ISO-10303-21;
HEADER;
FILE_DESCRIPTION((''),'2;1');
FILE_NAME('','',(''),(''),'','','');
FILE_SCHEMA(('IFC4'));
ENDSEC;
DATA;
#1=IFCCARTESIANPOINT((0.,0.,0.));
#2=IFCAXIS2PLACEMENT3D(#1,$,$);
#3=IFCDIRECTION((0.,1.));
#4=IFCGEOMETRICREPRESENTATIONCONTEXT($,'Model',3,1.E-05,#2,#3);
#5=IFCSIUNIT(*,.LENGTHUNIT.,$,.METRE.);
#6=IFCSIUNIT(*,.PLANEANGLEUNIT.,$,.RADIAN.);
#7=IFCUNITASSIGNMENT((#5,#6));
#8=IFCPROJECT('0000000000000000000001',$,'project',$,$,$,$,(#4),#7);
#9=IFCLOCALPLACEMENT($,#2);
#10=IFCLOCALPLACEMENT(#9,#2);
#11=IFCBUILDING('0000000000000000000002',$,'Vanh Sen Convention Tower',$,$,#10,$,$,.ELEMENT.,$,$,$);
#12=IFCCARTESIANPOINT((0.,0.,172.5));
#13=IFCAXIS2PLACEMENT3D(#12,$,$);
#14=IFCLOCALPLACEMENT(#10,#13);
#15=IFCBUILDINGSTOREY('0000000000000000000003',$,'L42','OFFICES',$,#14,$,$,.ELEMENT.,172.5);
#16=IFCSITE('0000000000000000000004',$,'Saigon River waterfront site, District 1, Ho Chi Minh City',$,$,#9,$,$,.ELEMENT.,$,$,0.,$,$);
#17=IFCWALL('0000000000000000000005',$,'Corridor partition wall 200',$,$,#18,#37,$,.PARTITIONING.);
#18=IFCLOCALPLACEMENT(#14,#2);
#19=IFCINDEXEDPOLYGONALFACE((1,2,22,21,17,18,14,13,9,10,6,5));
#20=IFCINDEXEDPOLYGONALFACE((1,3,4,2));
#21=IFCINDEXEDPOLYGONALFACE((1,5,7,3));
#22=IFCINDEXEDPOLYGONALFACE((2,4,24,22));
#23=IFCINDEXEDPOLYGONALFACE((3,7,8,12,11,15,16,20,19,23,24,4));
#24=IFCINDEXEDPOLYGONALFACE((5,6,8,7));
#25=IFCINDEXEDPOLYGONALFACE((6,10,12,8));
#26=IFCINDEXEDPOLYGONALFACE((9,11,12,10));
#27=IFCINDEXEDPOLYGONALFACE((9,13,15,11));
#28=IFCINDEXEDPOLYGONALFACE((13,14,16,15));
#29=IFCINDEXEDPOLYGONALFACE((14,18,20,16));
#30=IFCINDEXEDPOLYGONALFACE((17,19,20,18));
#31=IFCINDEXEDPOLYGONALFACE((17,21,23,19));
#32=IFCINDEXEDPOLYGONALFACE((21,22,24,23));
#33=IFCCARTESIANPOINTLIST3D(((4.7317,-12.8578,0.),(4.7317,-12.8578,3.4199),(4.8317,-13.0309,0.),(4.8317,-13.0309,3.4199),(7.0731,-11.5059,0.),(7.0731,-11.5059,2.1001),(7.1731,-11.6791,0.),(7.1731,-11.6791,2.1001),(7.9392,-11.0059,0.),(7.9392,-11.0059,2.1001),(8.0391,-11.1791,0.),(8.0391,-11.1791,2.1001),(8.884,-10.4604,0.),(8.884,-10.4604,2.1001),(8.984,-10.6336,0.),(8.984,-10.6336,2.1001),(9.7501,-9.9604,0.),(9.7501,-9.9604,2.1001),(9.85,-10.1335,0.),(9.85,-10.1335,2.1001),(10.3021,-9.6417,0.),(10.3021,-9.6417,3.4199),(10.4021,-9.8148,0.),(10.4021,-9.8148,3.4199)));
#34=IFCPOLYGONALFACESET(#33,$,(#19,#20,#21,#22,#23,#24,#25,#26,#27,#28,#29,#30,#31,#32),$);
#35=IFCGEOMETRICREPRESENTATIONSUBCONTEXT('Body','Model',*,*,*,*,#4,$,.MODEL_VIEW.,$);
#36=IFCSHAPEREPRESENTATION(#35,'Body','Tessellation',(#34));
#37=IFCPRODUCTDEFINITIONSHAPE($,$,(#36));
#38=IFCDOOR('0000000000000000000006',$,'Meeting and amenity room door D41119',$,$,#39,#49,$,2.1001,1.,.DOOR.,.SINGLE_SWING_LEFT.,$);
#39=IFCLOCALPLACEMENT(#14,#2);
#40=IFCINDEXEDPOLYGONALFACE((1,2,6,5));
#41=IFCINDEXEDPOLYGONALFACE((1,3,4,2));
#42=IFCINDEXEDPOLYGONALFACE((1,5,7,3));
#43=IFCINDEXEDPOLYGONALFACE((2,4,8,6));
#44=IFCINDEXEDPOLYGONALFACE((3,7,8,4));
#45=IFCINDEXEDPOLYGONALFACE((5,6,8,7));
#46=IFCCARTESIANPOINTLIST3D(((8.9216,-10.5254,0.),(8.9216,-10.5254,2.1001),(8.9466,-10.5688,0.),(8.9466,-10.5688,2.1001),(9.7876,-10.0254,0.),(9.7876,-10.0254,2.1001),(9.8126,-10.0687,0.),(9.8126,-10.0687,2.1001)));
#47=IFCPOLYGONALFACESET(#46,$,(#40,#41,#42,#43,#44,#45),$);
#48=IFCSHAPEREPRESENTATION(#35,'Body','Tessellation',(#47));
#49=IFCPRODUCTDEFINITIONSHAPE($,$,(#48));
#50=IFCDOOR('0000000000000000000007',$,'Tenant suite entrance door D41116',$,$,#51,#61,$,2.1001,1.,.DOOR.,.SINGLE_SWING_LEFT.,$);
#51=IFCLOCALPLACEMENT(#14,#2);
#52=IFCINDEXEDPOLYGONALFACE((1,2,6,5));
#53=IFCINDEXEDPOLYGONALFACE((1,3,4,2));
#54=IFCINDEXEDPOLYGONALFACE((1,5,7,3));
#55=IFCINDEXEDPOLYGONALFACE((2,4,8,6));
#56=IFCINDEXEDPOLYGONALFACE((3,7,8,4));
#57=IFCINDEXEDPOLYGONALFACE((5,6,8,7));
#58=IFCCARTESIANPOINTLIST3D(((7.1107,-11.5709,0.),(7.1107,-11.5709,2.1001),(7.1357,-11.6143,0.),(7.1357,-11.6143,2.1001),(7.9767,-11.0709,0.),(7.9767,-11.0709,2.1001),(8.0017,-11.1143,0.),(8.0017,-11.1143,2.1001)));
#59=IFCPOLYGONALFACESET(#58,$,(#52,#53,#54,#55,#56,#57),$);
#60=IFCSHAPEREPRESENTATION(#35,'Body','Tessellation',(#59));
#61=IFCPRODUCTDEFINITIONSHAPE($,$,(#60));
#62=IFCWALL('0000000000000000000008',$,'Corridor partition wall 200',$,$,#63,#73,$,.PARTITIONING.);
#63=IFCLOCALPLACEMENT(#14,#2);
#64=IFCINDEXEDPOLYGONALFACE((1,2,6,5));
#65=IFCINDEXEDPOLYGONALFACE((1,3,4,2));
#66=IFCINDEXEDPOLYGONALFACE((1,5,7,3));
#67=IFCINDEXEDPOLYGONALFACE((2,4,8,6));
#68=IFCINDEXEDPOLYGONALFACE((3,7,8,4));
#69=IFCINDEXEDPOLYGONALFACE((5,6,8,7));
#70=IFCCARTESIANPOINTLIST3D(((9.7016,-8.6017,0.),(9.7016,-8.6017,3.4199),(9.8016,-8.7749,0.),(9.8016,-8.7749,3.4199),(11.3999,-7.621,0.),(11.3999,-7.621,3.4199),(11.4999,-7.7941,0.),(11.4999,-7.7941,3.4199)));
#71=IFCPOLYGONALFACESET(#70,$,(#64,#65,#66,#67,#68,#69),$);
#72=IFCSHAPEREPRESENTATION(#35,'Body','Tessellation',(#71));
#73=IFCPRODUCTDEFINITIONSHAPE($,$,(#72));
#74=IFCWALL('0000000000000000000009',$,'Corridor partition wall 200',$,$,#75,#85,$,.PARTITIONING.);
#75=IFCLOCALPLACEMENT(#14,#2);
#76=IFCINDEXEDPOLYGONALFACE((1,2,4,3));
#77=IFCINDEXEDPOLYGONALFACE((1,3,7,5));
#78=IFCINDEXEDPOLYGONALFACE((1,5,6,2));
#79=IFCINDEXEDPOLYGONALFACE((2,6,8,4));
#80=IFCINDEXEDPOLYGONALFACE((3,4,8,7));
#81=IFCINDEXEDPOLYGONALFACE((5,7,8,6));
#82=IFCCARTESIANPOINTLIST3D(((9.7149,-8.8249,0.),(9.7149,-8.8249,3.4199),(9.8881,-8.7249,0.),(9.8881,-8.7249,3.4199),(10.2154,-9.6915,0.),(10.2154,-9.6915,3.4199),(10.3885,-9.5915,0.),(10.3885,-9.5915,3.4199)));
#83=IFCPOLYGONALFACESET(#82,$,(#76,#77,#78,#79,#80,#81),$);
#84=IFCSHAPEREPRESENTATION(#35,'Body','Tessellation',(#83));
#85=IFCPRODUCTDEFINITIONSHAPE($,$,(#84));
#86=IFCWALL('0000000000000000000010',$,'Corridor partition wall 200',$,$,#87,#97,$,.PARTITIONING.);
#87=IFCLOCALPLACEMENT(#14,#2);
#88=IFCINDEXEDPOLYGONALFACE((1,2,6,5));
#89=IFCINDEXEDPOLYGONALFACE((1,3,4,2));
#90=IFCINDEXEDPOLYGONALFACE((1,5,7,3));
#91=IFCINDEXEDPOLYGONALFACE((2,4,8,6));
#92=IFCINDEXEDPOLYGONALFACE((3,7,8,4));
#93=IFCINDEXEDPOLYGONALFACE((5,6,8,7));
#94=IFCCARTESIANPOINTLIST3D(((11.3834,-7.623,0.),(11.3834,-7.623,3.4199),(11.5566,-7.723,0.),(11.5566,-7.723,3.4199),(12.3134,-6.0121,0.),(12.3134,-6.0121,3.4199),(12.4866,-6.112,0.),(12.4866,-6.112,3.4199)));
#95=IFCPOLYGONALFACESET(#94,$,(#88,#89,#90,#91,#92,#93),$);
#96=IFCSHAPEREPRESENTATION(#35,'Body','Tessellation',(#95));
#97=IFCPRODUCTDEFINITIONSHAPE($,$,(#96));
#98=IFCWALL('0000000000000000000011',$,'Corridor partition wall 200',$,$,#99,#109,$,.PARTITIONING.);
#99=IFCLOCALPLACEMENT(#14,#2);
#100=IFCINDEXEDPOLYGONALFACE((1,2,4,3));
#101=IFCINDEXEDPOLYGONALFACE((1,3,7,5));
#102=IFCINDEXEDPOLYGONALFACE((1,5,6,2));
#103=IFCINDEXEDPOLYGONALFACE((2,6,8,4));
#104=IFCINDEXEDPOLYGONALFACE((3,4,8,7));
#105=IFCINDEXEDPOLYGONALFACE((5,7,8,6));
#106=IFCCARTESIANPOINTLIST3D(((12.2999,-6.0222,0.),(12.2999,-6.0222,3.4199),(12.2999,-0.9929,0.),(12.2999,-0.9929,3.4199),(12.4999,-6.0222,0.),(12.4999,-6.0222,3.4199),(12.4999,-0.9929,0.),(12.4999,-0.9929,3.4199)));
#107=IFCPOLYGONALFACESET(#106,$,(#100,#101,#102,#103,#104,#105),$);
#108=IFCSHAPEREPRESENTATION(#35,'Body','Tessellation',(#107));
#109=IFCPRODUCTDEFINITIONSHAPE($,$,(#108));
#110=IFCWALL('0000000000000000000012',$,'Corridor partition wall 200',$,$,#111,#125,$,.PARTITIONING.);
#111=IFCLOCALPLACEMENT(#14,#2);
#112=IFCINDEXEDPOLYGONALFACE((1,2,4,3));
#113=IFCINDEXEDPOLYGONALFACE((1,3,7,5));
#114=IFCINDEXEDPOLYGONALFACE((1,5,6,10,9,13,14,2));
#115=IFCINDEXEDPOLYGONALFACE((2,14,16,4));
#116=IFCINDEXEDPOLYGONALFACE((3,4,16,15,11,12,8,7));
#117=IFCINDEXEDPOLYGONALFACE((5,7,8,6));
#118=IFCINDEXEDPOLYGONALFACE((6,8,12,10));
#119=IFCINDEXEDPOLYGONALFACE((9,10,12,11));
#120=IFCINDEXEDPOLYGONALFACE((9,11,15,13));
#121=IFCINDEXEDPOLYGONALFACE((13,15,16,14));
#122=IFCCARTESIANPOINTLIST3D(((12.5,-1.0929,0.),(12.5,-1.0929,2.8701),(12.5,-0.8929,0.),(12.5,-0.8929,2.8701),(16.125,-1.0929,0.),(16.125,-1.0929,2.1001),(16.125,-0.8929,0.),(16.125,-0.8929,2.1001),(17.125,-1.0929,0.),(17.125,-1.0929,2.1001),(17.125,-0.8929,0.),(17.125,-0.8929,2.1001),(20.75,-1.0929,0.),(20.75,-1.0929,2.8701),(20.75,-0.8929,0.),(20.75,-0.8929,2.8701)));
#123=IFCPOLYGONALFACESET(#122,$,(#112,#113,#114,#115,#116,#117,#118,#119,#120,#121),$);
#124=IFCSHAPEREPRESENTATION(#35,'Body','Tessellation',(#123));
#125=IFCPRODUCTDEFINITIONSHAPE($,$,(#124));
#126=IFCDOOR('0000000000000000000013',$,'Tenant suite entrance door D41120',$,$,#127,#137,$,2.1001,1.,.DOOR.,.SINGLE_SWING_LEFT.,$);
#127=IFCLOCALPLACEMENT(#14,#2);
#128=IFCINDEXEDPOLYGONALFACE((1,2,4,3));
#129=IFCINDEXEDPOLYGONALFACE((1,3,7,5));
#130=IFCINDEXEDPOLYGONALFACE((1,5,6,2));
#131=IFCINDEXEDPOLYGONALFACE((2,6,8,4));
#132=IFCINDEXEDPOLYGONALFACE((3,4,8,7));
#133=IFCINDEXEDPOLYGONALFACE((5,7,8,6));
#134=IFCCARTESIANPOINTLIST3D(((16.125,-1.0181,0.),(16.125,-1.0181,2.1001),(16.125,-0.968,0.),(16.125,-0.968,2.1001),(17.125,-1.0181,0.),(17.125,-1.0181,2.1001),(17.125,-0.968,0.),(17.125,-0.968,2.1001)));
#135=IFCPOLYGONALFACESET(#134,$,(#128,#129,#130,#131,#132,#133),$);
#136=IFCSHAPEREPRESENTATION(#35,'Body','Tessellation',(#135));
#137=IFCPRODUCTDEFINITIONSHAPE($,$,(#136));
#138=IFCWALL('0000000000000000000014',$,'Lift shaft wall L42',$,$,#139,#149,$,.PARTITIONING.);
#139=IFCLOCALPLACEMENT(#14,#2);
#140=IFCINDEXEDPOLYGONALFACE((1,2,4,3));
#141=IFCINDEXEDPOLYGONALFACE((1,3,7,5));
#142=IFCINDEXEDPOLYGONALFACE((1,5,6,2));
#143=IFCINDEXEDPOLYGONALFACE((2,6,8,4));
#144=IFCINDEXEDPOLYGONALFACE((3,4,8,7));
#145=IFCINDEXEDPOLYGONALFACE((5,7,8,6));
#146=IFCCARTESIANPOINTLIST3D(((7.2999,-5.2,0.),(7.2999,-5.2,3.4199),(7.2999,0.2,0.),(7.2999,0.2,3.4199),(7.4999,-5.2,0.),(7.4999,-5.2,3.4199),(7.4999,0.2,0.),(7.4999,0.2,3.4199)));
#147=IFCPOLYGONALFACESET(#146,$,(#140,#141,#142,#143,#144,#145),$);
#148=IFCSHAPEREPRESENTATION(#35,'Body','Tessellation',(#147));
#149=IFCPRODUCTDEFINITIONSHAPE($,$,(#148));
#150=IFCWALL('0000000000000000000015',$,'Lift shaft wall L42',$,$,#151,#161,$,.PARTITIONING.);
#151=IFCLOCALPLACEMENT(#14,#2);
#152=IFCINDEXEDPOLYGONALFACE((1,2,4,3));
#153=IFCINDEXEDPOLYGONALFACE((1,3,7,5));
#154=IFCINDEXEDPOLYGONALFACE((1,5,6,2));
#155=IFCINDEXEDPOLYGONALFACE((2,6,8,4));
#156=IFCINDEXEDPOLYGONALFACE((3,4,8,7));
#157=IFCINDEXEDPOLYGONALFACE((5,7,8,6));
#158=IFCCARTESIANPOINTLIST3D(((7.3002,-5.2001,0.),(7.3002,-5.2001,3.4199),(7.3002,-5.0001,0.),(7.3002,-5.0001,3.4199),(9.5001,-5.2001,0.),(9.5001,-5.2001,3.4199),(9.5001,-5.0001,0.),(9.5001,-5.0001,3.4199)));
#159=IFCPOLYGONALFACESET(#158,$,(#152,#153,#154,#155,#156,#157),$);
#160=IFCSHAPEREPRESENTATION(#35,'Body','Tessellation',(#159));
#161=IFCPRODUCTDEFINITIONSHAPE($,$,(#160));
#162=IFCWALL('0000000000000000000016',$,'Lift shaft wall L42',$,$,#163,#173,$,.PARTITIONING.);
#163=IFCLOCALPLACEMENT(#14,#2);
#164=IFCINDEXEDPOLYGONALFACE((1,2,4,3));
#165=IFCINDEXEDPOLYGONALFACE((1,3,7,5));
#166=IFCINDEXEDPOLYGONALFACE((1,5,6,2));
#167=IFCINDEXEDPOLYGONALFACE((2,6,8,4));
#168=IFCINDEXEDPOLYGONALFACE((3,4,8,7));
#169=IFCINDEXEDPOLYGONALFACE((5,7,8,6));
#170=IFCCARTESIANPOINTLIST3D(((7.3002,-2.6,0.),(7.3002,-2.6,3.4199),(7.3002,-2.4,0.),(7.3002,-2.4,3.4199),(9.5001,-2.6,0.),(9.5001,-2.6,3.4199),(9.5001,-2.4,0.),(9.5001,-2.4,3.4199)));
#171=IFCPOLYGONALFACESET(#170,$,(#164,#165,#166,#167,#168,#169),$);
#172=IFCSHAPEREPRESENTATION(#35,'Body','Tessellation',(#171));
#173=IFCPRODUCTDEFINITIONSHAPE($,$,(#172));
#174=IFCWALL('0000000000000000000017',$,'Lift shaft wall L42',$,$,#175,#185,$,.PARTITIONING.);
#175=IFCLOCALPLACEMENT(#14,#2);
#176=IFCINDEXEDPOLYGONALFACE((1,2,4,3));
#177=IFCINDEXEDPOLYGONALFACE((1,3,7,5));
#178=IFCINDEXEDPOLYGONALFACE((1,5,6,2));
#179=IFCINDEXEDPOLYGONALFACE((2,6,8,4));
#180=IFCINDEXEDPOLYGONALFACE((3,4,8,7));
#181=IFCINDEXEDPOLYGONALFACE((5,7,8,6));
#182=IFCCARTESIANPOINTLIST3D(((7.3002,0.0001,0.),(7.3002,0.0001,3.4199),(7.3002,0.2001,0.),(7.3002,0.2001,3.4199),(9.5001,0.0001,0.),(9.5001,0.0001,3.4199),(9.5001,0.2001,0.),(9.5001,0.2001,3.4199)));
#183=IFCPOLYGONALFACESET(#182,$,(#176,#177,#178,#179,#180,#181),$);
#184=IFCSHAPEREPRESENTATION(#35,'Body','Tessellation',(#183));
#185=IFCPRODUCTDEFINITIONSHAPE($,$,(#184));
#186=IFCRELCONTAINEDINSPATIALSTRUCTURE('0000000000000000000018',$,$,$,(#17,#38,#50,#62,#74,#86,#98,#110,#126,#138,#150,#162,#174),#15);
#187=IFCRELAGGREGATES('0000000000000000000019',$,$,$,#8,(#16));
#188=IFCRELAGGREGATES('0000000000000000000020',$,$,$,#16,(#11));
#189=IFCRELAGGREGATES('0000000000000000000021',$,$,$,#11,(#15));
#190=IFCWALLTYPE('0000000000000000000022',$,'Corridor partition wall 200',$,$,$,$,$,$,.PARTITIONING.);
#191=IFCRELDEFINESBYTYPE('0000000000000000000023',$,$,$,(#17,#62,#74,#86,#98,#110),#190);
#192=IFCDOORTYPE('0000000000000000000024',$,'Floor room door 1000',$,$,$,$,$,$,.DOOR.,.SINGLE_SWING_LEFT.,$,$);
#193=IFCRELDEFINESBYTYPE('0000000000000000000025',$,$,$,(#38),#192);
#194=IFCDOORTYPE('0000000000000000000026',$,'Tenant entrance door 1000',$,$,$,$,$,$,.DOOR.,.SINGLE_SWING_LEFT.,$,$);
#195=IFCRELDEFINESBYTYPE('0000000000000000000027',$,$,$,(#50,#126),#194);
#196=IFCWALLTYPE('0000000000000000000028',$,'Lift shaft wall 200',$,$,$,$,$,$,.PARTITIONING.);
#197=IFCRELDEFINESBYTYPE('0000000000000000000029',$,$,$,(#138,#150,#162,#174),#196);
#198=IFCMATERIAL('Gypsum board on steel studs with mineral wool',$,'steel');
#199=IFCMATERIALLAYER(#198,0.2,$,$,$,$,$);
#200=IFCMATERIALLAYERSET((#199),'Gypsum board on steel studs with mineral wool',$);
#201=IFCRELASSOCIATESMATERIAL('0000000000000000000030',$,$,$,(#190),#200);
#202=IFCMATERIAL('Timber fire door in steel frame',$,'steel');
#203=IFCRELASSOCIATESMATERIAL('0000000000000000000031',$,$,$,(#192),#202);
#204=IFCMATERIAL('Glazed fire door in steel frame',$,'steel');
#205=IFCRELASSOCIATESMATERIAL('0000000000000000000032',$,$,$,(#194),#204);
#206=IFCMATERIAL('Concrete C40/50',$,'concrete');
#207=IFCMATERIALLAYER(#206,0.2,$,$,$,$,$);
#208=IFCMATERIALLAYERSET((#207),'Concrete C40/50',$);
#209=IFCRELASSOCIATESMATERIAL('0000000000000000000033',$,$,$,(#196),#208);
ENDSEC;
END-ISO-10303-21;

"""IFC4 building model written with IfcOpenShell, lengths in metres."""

from ifc_helpers import new_model, si_unit, direction, frame, frame_2d, origin, place, context, subcontext, project, spatial, rectangle, extrude, material, layer, layer_set, type_object, element, fill, save


model = new_model("IFC4")

# Units and contexts
model_context = context("Model", 3, precision=1e-05, world=origin(), true_north=direction((0.0, 1.0)))
body_context = subcontext(model_context, "Body", "Model", "MODEL_VIEW")
ifc_project = project(units=[si_unit("LENGTHUNIT", "METRE"), si_unit("PLANEANGLEUNIT", "RADIAN")], contexts=[model_context])

# Site, building, storey
site_placement = place(None, origin())
site = spatial("IfcSite", under=ifc_project, at=site_placement, Name="Saigon River waterfront site, District 1, Ho Chi Minh City", CompositionType="ELEMENT", RefElevation=0.0)
building_placement = place(site_placement, origin())
building = spatial("IfcBuilding", under=site, at=building_placement, Name="Vanh Sen Convention Tower", CompositionType="ELEMENT")
storey_placement = place(building_placement, frame((0.0, 0.0, 172.5)))
storey = spatial("IfcBuildingStorey", under=building, at=storey_placement, Name="L42", Description="OFFICES", CompositionType="ELEMENT", Elevation=172.5)

# Shared definitions
ifc_material_1 = material(Name="Concrete C40/50", Category="concrete")

# Wall, openings, doors
ifc_material_2 = material(Name="Gypsum board on steel studs with mineral wool", Category="steel")
ifc_layer_1 = layer(ifc_material_2, 0.2)
ifc_layer_set_1 = layer_set([ifc_layer_1], Name="Gypsum board on steel studs with mineral wool")
wall_type_1 = type_object("IfcWallType", Name="Corridor partition wall 200", PredefinedType="PARTITIONING", material=ifc_layer_set_1)
wall_1_placement = place(storey_placement, frame((4.7817, -12.9443, 0.0), z_axis=(0.0, 0.0, 1.0), x_axis=(0.866023, 0.500005, 0.0)))
wall_1 = element("IfcWall", 1, at=wall_1_placement, inside=storey, type_object=wall_type_1, Name="Corridor partition wall 200", PredefinedType="PARTITIONING", context=body_context, shape_type="SweptSolid", body=[
    extrude(rectangle(XDim=6.4321, YDim=0.2, at=frame_2d((3.2161, 0.0))), origin(), (0.0, 0.0, 1.0), 3.4199),
])
opening_1_placement = place(wall_1_placement, frame((2.7036, 0.0, 0.0)))
opening_1 = element("IfcOpeningElement", 2, at=opening_1_placement, cuts=wall_1, PredefinedType="OPENING", context=body_context, shape_type="SweptSolid", body=[
    extrude(rectangle(XDim=1.0, YDim=2.1001, at=frame_2d((0.5, 1.05))), frame((0.0, 0.1099, 0.0), z_axis=(0.0, -1.0, 0.0), x_axis=(1.0, 0.0, 0.0)), (0.0, 0.0, 1.0), 0.22),
])
opening_2_placement = place(wall_1_placement, frame((4.7947, 0.0, 0.0)))
opening_2 = element("IfcOpeningElement", 3, at=opening_2_placement, cuts=wall_1, PredefinedType="OPENING", context=body_context, shape_type="SweptSolid", body=[
    extrude(rectangle(XDim=1.0, YDim=2.1001, at=frame_2d((0.5, 1.05))), frame((0.0, 0.1099, 0.0), z_axis=(0.0, -1.0, 0.0), x_axis=(1.0, 0.0, 0.0)), (0.0, 0.0, 1.0), 0.22),
])
ifc_material_3 = material(Name="Timber fire door in steel frame", Category="steel")
door_type_1 = type_object("IfcDoorType", Name="Floor room door 1000", OperationType="SINGLE_SWING_LEFT", PredefinedType="DOOR", material=ifc_material_3)
door_1_placement = place(opening_2_placement, origin())
door_1 = element("IfcDoor", 4, at=door_1_placement, inside=storey, type_object=door_type_1, Name="Meeting and amenity room door D41119", OperationType="SINGLE_SWING_LEFT", OverallHeight=2.1001, OverallWidth=1.0, PredefinedType="DOOR", context=body_context, shape_type="SweptSolid", body=[
    extrude(rectangle(XDim=1.0, YDim=2.1001, at=frame_2d((0.5, 1.05))), frame((0.0, 0.0249, 0.0), z_axis=(0.0, -1.0, 0.0), x_axis=(1.0, 0.0, 0.0)), (0.0, 0.0, 1.0), 0.05),
])
fill(opening_2, door_1)
ifc_material_4 = material(Name="Glazed fire door in steel frame", Category="steel")
door_type_2 = type_object("IfcDoorType", Name="Tenant entrance door 1000", OperationType="SINGLE_SWING_LEFT", PredefinedType="DOOR", material=ifc_material_4)
door_2_placement = place(opening_1_placement, origin())
door_2 = element("IfcDoor", 5, at=door_2_placement, inside=storey, type_object=door_type_2, Name="Tenant suite entrance door D41116", OperationType="SINGLE_SWING_LEFT", OverallHeight=2.1001, OverallWidth=1.0, PredefinedType="DOOR", context=body_context, shape_type="SweptSolid", body=[
    extrude(rectangle(XDim=1.0, YDim=2.1001, at=frame_2d((0.5, 1.05))), frame((0.0, 0.0249, 0.0), z_axis=(0.0, -1.0, 0.0), x_axis=(1.0, 0.0, 0.0)), (0.0, 0.0, 1.0), 0.05),
])
fill(opening_1, door_2)

# Walls
wall_2_placement = place(storey_placement, frame((9.7517, -8.6882, 0.0), z_axis=(0.0, 0.0, 1.0), x_axis=(0.865974, 0.500089, 0.0)))
element("IfcWall", 6, at=wall_2_placement, inside=storey, type_object=wall_type_1, Name="Corridor partition wall 200", PredefinedType="PARTITIONING", context=body_context, shape_type="SweptSolid", body=[
    extrude(rectangle(XDim=1.9612, YDim=0.2, at=frame_2d((0.9805, 0.0))), origin(), (0.0, 0.0, 1.0), 3.4199),
])
wall_3_placement = place(storey_placement, frame((10.302, -9.6416, 0.0), z_axis=(0.0, 0.0, 1.0), x_axis=(-0.500074, 0.865982, 0.0)))
element("IfcWall", 7, at=wall_3_placement, inside=storey, type_object=wall_type_1, Name="Corridor partition wall 200", PredefinedType="PARTITIONING", context=body_context, shape_type="SweptSolid", body=[
    extrude(rectangle(XDim=1.0007, YDim=0.2, at=frame_2d((0.5005, 0.0))), origin(), (0.0, 0.0, 1.0), 3.4199),
])
wall_4_placement = place(storey_placement, frame((11.47, -7.6731, 0.0), z_axis=(0.0, 0.0, 1.0), x_axis=(0.499965, 0.866046, 0.0)))
element("IfcWall", 8, at=wall_4_placement, inside=storey, type_object=wall_type_1, Name="Corridor partition wall 200", PredefinedType="PARTITIONING", context=body_context, shape_type="SweptSolid", body=[
    extrude(rectangle(XDim=1.8601, YDim=0.2, at=frame_2d((0.9302, 0.0))), origin(), (0.0, 0.0, 1.0), 3.4199),
])
wall_5_placement = place(storey_placement, frame((12.3999, -6.0222, 0.0), z_axis=(0.0, 0.0, 1.0), x_axis=(0.0, 1.0, 0.0)))
element("IfcWall", 9, at=wall_5_placement, inside=storey, type_object=wall_type_1, Name="Corridor partition wall 200", PredefinedType="PARTITIONING", context=body_context, shape_type="SweptSolid", body=[
    extrude(rectangle(XDim=5.0293, YDim=0.2, at=frame_2d((2.5146, 0.0))), origin(), (0.0, 0.0, 1.0), 3.4199),
])

# Wall, opening, door
wall_6_placement = place(storey_placement, frame((12.5, -0.9929, 0.0), z_axis=(0.0, 0.0, 1.0), x_axis=(1.0, 0.0, 0.0)))
wall_6 = element("IfcWall", 10, at=wall_6_placement, inside=storey, type_object=wall_type_1, Name="Corridor partition wall 200", PredefinedType="PARTITIONING", context=body_context, shape_type="SweptSolid", body=[
    extrude(rectangle(XDim=8.25, YDim=0.2, at=frame_2d((4.125, 0.0))), origin(), (0.0, 0.0, 1.0), 2.8701),
])
opening_3_placement = place(wall_6_placement, frame((3.625, 0.0, 0.0)))
opening_3 = element("IfcOpeningElement", 11, at=opening_3_placement, cuts=wall_6, PredefinedType="OPENING", context=body_context, shape_type="SweptSolid", body=[
    extrude(rectangle(XDim=1.0, YDim=2.1001, at=frame_2d((0.5, 1.05))), frame((0.0, 0.1099, 0.0), z_axis=(0.0, -1.0, 0.0), x_axis=(1.0, 0.0, 0.0)), (0.0, 0.0, 1.0), 0.22),
])
door_3_placement = place(opening_3_placement, origin())
door_3 = element("IfcDoor", 12, at=door_3_placement, inside=storey, type_object=door_type_2, Name="Tenant suite entrance door D41120", OperationType="SINGLE_SWING_LEFT", OverallHeight=2.1001, OverallWidth=1.0, PredefinedType="DOOR", context=body_context, shape_type="SweptSolid", body=[
    extrude(rectangle(XDim=1.0, YDim=2.1001, at=frame_2d((0.5, 1.05))), frame((0.0, 0.0249, 0.0), z_axis=(0.0, -1.0, 0.0), x_axis=(1.0, 0.0, 0.0)), (0.0, 0.0, 1.0), 0.05),
])
fill(opening_3, door_3)

# Walls
ifc_layer_2 = layer(ifc_material_1, 0.2)
ifc_layer_set_2 = layer_set([ifc_layer_2], Name="Concrete C40/50")
wall_type_2 = type_object("IfcWallType", Name="Lift shaft wall 200", PredefinedType="PARTITIONING", material=ifc_layer_set_2)
wall_7_placement = place(storey_placement, frame((7.3999, -5.2, 0.0), z_axis=(0.0, 0.0, 1.0), x_axis=(0.0, 1.0, 0.0)))
element("IfcWall", 13, at=wall_7_placement, inside=storey, type_object=wall_type_2, Name="Lift shaft wall L42", PredefinedType="PARTITIONING", context=body_context, shape_type="SweptSolid", body=[
    extrude(rectangle(XDim=5.3999, YDim=0.2, at=frame_2d((2.7, 0.0))), origin(), (0.0, 0.0, 1.0), 3.4199),
])
for number, where, z_axis, x_axis, name in (
    (14, (7.3, -5.1001, 0.0), (0.0, 0.0, 1.0), (1.0, 0.0, 0.0), "Lift shaft wall L42"),
    (15, (7.3, -2.5, 0.0), (0.0, 0.0, 1.0), (1.0, 0.0, 0.0), "Lift shaft wall L42"),
    (16, (7.3, 0.1001, 0.0), (0.0, 0.0, 1.0), (1.0, 0.0, 0.0), "Lift shaft wall L42"),
):
    element("IfcWall", number, at=place(storey_placement, frame(where, z_axis=z_axis, x_axis=x_axis)), inside=storey, type_object=wall_type_2, Name=name, PredefinedType="PARTITIONING", context=body_context, shape_type="SweptSolid", body=[
        extrude(rectangle(XDim=2.2, YDim=0.2, at=frame_2d((1.1001, 0.0))), origin(), (0.0, 0.0, 1.0), 3.4199),
    ])

save(model, "model.ifc")
